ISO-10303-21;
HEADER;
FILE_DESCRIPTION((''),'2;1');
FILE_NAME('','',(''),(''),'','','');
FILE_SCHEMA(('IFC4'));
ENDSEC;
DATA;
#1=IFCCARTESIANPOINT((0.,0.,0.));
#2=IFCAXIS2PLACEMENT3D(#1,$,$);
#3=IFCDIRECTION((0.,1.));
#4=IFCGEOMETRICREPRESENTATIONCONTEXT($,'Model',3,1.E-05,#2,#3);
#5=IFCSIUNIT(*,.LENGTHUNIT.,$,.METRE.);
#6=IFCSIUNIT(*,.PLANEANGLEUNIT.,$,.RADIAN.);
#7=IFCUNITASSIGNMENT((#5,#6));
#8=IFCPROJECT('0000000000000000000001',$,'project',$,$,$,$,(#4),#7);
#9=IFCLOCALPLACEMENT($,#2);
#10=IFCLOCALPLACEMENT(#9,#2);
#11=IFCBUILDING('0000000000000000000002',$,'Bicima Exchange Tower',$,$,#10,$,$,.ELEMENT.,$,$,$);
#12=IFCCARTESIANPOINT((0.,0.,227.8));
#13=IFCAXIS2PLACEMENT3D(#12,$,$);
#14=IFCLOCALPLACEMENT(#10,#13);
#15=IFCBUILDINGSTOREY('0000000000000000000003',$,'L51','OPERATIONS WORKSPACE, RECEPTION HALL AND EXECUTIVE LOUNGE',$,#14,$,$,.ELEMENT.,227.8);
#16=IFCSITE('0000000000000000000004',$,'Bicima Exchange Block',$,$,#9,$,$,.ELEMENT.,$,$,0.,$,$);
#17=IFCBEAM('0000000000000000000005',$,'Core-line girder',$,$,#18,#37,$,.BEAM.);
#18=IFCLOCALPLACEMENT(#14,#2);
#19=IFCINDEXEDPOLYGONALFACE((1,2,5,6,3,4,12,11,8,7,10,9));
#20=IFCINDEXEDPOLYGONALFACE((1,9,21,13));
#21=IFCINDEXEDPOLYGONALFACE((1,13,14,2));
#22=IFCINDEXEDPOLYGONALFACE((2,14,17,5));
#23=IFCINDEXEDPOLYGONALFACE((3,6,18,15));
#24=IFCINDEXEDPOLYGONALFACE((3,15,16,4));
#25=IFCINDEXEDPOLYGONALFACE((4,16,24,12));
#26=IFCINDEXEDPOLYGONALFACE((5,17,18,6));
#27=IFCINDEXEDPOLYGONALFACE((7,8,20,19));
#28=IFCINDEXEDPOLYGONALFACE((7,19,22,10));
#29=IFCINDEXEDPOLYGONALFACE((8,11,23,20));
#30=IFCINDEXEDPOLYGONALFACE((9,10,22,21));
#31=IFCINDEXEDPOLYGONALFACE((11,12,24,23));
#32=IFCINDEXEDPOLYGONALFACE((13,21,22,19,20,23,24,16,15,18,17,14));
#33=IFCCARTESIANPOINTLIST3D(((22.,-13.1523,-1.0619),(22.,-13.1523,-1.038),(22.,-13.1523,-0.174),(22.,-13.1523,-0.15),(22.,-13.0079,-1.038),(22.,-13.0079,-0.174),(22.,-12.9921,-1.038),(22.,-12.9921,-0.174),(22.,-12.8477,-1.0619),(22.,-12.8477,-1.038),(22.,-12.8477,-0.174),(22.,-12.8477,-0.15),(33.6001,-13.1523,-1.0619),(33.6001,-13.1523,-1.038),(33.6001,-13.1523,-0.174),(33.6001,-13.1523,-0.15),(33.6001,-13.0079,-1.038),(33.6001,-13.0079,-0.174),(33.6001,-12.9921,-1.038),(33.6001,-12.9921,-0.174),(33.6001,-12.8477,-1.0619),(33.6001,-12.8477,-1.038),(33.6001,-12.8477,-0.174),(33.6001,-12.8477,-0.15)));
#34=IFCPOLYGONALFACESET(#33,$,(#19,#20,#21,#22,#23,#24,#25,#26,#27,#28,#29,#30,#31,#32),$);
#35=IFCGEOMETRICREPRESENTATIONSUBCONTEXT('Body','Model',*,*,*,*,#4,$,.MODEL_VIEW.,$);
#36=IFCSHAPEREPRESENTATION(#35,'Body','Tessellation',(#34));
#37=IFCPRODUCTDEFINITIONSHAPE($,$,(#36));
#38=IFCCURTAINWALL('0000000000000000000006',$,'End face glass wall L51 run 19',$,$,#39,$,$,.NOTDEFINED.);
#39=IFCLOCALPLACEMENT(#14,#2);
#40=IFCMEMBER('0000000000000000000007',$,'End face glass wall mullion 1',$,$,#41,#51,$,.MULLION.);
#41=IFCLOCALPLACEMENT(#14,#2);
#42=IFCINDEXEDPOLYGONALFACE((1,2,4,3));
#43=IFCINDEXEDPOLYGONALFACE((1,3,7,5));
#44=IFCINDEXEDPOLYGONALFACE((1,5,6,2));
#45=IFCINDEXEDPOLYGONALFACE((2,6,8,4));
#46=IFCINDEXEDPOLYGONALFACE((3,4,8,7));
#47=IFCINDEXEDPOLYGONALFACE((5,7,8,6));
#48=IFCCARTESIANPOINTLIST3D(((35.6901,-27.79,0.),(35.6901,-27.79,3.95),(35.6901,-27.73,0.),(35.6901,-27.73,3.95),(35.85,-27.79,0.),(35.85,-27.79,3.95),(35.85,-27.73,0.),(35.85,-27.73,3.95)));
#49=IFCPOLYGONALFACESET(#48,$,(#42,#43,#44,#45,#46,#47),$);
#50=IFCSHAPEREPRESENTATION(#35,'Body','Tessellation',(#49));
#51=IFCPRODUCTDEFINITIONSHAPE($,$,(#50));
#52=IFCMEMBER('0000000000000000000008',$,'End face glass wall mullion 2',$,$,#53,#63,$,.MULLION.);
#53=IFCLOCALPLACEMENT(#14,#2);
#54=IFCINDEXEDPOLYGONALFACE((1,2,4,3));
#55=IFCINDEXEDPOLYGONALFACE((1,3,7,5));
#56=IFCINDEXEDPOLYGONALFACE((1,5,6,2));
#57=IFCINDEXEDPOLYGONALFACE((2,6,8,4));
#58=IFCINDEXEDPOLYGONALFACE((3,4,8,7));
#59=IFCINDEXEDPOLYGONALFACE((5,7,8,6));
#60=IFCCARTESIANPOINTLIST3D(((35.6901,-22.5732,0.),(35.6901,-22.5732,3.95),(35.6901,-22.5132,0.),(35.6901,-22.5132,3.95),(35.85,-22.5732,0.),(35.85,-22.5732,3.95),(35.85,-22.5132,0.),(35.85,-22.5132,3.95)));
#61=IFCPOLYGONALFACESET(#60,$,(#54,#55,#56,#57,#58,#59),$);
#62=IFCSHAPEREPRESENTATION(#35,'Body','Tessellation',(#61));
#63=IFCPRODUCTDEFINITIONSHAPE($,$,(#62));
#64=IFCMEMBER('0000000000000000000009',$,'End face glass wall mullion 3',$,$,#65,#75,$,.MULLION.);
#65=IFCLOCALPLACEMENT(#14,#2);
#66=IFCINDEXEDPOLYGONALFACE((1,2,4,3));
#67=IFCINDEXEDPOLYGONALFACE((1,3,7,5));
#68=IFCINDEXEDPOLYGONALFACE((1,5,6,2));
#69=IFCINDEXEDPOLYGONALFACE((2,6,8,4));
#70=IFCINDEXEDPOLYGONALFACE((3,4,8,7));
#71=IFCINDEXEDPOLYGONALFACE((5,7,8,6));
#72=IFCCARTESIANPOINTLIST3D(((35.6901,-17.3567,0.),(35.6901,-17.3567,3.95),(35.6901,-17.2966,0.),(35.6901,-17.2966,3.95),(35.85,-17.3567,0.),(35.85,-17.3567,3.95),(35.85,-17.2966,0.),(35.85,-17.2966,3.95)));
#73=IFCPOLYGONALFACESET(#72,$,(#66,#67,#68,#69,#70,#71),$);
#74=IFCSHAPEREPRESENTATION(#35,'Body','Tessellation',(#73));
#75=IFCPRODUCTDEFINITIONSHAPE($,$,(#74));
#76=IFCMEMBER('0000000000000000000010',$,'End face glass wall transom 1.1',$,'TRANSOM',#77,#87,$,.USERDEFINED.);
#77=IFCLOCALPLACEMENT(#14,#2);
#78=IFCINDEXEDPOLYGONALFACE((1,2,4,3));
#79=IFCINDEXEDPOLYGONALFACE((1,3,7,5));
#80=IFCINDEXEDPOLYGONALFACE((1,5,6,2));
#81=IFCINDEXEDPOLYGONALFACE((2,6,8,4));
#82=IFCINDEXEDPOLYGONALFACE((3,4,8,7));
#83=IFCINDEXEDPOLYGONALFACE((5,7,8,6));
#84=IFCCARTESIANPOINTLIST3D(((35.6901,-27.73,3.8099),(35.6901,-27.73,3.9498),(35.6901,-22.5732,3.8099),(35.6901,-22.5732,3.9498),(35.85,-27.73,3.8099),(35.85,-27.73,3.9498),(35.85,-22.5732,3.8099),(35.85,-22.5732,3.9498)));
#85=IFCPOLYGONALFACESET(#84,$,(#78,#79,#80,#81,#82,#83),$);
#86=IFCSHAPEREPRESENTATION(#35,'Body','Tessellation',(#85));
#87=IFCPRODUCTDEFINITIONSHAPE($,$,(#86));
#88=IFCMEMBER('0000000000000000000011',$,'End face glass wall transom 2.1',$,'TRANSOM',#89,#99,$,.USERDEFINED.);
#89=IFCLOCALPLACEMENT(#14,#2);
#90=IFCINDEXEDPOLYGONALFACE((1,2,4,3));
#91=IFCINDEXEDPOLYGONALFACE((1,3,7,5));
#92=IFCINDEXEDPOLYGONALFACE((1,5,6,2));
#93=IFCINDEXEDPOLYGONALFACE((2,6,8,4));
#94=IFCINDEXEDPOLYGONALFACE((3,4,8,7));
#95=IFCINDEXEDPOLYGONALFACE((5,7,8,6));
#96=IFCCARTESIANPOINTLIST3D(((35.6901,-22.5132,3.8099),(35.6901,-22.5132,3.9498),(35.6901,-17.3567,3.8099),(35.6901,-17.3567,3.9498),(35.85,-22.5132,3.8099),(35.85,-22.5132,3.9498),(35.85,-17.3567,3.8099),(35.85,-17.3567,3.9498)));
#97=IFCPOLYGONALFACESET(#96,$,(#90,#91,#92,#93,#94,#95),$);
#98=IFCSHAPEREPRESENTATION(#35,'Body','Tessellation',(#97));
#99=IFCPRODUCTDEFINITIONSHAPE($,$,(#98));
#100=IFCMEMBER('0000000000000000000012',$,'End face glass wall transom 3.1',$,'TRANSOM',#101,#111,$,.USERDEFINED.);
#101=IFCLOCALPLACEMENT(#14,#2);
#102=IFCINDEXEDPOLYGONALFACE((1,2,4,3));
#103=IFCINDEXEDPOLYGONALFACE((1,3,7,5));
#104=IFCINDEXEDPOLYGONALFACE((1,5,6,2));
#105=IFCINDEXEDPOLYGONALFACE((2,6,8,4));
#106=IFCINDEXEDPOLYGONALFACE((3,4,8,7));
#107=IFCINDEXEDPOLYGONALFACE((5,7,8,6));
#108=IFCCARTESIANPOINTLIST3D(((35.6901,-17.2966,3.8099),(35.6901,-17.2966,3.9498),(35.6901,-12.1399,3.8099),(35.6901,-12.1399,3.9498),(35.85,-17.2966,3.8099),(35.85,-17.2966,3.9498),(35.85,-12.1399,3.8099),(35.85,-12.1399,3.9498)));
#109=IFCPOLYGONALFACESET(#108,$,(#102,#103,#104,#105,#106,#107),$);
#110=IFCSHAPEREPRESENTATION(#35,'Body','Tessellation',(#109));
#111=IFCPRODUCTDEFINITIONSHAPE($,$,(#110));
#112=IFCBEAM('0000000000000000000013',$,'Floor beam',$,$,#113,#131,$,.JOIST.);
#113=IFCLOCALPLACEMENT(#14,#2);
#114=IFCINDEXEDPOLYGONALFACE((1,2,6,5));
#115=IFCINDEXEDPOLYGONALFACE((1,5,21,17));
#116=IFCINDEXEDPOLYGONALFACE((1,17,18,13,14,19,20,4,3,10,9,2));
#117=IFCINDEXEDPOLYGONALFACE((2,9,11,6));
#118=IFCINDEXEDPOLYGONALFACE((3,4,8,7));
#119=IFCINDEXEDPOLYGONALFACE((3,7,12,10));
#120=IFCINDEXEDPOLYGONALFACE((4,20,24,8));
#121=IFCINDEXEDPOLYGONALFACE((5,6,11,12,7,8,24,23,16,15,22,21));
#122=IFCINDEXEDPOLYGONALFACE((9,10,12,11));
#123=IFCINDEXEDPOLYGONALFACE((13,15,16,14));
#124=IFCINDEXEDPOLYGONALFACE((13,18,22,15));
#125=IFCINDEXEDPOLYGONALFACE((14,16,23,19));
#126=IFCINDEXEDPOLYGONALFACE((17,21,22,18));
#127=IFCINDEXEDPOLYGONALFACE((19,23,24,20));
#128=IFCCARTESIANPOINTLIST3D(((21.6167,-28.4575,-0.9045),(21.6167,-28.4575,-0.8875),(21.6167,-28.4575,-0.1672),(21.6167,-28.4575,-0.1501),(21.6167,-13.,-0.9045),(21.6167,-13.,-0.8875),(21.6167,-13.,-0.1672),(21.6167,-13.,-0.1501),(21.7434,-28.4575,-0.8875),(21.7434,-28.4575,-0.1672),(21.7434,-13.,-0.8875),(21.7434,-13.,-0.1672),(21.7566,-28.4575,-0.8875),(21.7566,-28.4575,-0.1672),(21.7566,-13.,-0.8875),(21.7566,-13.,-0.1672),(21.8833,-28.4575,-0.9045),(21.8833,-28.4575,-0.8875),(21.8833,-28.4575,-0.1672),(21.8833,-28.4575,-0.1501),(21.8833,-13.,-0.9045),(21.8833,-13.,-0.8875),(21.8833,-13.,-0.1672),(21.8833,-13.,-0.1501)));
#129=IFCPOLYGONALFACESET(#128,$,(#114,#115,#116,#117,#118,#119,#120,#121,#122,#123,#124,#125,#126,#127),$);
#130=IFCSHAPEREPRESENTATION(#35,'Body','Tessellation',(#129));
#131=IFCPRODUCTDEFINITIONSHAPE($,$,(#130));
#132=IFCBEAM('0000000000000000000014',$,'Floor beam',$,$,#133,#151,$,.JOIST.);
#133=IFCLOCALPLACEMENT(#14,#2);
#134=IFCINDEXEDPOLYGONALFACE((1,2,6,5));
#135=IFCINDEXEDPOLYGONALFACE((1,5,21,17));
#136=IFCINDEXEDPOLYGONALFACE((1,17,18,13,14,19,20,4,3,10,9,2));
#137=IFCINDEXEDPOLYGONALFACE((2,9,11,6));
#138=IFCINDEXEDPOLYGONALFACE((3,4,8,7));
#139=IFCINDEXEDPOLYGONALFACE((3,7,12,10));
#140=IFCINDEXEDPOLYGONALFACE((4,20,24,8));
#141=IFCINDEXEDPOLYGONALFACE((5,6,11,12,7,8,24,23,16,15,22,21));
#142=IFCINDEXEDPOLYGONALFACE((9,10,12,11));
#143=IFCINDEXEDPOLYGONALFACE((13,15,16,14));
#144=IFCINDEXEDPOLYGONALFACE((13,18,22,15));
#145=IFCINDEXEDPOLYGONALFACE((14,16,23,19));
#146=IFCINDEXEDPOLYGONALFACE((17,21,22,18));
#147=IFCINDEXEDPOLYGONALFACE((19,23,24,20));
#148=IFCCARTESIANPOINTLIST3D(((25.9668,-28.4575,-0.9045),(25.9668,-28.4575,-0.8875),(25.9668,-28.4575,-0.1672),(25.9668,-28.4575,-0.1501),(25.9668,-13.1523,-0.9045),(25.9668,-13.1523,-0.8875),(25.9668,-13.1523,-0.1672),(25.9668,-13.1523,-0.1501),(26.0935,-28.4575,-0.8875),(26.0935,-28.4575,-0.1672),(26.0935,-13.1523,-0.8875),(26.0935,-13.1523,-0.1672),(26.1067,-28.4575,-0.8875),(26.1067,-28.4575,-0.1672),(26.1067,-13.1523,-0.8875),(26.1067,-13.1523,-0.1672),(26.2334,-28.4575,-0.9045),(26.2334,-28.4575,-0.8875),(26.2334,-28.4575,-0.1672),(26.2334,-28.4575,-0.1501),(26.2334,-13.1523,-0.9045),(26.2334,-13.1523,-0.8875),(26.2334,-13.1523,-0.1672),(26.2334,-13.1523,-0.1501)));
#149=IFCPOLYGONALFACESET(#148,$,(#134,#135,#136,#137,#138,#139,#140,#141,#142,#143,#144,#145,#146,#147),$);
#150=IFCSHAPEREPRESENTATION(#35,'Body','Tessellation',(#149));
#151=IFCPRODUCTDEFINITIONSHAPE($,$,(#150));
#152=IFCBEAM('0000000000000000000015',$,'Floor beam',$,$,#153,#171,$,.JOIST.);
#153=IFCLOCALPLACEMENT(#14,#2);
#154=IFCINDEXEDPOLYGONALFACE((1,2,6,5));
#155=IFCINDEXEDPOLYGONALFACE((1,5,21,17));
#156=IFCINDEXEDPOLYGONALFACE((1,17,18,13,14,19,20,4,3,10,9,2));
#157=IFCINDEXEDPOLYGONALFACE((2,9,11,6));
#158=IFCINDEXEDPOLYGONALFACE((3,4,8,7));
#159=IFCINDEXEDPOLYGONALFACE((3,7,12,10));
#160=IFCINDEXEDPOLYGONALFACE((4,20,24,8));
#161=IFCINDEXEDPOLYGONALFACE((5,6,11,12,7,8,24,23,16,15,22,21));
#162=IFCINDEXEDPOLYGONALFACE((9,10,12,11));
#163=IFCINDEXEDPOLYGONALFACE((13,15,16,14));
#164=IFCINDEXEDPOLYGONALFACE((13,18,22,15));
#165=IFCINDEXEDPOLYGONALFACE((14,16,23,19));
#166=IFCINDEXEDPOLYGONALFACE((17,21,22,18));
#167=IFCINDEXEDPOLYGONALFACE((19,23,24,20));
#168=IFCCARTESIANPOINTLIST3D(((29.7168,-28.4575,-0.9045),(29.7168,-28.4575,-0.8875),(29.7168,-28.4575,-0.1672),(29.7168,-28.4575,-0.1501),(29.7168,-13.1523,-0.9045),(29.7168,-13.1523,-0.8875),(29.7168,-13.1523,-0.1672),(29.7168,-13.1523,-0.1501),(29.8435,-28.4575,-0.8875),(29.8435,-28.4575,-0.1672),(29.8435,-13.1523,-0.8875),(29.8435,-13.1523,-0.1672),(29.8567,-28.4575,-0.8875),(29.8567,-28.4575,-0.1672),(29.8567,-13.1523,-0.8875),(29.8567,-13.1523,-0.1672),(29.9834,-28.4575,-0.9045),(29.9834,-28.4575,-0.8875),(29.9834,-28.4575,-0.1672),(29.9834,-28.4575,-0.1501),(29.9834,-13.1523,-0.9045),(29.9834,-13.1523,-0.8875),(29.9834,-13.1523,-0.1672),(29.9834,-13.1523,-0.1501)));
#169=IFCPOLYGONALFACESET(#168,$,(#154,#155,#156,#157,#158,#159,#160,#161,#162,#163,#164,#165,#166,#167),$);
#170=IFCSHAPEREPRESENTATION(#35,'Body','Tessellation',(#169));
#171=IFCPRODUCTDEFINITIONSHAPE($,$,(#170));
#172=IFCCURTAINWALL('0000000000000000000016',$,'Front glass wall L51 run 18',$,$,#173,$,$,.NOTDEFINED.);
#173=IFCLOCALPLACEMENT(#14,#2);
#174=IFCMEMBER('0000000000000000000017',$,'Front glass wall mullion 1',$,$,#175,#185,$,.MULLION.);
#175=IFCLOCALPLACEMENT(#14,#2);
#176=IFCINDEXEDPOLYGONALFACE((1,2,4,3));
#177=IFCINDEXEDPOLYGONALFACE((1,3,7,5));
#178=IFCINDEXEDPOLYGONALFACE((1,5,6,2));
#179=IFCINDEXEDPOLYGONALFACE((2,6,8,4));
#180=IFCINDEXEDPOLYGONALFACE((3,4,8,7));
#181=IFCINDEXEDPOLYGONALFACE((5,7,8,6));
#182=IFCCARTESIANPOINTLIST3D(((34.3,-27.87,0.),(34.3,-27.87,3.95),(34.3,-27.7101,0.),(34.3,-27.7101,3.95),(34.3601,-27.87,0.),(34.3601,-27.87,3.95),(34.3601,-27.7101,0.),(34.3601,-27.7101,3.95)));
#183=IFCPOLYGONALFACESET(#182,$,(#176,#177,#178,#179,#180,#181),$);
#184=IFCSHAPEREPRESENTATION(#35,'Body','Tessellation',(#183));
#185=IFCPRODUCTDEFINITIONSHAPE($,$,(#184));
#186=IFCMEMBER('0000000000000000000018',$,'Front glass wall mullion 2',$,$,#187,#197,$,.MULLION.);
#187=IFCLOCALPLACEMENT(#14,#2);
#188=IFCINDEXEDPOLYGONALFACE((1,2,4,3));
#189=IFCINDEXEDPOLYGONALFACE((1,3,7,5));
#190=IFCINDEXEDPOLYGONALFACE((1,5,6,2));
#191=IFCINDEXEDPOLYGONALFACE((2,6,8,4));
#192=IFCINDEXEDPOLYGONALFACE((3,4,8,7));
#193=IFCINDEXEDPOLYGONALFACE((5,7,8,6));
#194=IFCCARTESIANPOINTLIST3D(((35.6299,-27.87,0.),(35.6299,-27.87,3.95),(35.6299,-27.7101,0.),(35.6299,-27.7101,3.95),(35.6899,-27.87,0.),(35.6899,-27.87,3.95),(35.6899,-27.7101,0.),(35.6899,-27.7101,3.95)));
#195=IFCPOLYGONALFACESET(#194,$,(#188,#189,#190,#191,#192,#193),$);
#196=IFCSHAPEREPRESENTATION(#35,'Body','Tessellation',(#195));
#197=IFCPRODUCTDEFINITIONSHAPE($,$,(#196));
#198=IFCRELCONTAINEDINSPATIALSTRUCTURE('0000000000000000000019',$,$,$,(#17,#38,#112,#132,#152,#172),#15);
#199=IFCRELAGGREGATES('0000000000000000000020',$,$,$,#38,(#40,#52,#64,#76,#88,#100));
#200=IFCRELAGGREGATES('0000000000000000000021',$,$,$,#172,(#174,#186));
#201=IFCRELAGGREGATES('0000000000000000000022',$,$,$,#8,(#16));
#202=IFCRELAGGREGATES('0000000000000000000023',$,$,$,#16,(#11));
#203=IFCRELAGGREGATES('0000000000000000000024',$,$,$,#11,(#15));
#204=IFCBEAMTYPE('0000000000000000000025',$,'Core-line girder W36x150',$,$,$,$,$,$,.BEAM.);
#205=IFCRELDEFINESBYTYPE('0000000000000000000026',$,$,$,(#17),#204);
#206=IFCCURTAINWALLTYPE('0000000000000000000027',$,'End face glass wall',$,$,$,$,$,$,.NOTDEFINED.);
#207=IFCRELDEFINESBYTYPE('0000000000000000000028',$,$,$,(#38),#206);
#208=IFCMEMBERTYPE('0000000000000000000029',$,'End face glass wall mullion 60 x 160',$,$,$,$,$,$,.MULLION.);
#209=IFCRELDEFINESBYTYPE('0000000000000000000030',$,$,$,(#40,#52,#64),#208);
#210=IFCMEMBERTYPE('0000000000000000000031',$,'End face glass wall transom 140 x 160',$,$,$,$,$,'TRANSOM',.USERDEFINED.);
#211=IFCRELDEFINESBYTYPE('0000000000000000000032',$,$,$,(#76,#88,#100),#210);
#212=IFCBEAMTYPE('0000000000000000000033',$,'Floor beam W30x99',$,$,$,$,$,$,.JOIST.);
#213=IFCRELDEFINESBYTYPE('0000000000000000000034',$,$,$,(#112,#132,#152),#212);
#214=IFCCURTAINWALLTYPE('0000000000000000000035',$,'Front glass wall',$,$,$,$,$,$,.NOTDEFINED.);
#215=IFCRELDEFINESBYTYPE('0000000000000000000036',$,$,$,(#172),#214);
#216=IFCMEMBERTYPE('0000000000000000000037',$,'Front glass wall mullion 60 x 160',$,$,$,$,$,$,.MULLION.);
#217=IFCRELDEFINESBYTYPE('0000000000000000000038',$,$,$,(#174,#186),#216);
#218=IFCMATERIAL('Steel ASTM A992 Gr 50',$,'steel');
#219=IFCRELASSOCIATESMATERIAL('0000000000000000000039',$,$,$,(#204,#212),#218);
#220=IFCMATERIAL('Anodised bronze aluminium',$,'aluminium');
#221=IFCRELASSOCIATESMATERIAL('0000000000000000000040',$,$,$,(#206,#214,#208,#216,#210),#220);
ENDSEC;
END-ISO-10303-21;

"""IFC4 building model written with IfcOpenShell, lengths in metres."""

from ifc_helpers import new_model, si_unit, direction, frame, origin, origin_2d, place, context, subcontext, project, spatial, rectangle, i_section, extrude, material, material_profile, profile_set, type_object, element, aggregate, save


model = new_model("IFC4")

# Units and contexts
model_context = context("Model", 3, precision=1e-05, world=origin(), true_north=direction((0.0, 1.0)))
body_context = subcontext(model_context, "Body", "Model", "MODEL_VIEW")
ifc_project = project(units=[si_unit("LENGTHUNIT", "METRE"), si_unit("PLANEANGLEUNIT", "RADIAN")], contexts=[model_context])

# Site, building, storey
site_placement = place(None, origin())
site = spatial("IfcSite", under=ifc_project, at=site_placement, Name="Bicima Exchange Block", CompositionType="ELEMENT", RefElevation=0.0)
building_placement = place(site_placement, origin())
building = spatial("IfcBuilding", under=site, at=building_placement, Name="Bicima Exchange Tower", CompositionType="ELEMENT")
storey_placement = place(building_placement, frame((0.0, 0.0, 227.8)))
storey = spatial("IfcBuildingStorey", under=building, at=storey_placement, Name="L51", Description="OPERATIONS WORKSPACE, RECEPTION HALL AND EXECUTIVE LOUNGE", CompositionType="ELEMENT", Elevation=227.8)

# Beam
ifc_material_1 = material(Name="Steel ASTM A992 Gr 50", Category="steel")
ifc_material_profile_1 = material_profile(ifc_material_1, i_section(OverallWidth=0.3047, OverallDepth=0.9119, WebThickness=0.0159, FlangeThickness=0.0239, at=origin_2d()))
ifc_profile_set_1 = profile_set([ifc_material_profile_1], Name="Steel ASTM A992 Gr 50")
beam_type_1 = type_object("IfcBeamType", Name="Core-line girder W36x150", PredefinedType="BEAM", material=ifc_profile_set_1)
beam_1_placement = place(storey_placement, frame((22.0, -13.0, -0.606), z_axis=(1.0, 0.0, 0.0), x_axis=(0.0, 1.0, 0.0)))
element("IfcBeam", 1, at=beam_1_placement, inside=storey, type_object=beam_type_1, Name="Core-line girder", PredefinedType="BEAM", context=body_context, shape_type="SweptSolid", body=[
    extrude(i_section(OverallWidth=0.3047, OverallDepth=0.9119, WebThickness=0.0159, FlangeThickness=0.0239, at=origin_2d()), origin(), (0.0, 0.0, 1.0), 11.6001),
])

# Curtain wall, members
ifc_material_2 = material(Name="Anodised bronze aluminium", Category="aluminium")
curtain_wall_type_1 = type_object("IfcCurtainWallType", Name="End face glass wall", PredefinedType="NOTDEFINED", material=ifc_material_2)
curtain_wall_1_placement = place(storey_placement, origin())
curtain_wall_1 = element("IfcCurtainWall", 2, at=curtain_wall_1_placement, inside=storey, type_object=curtain_wall_type_1, Name="End face glass wall L51 run 19", PredefinedType="NOTDEFINED")
ifc_material_profile_2 = material_profile(ifc_material_2, rectangle(XDim=0.1599, YDim=0.0601, at=origin_2d()))
ifc_profile_set_2 = profile_set([ifc_material_profile_2], Name="Anodised bronze aluminium")
member_type_1 = type_object("IfcMemberType", Name="End face glass wall mullion 60 x 160", PredefinedType="MULLION", material=ifc_profile_set_2)
member_1_placement = place(storey_placement, frame((35.77, -27.76, 0.0), z_axis=(0.0, 0.0, 1.0), x_axis=(-1.0, 0.0, 0.0)))
member_1 = element("IfcMember", 3, at=member_1_placement, type_object=member_type_1, Name="End face glass wall mullion 1", PredefinedType="MULLION", context=body_context, shape_type="SweptSolid", body=[
    extrude(rectangle(XDim=0.1599, YDim=0.0601, at=origin_2d()), origin(), (0.0, 0.0, 1.0), 3.95),
])
member_2_placement = place(storey_placement, frame((35.77, -22.5432, 0.0), z_axis=(0.0, 0.0, 1.0), x_axis=(-1.0, 0.0, 0.0)))
member_2 = element("IfcMember", 4, at=member_2_placement, type_object=member_type_1, Name="End face glass wall mullion 2", PredefinedType="MULLION", context=body_context, shape_type="SweptSolid", body=[
    extrude(rectangle(XDim=0.1599, YDim=0.0601, at=origin_2d()), origin(), (0.0, 0.0, 1.0), 3.95),
])
member_3_placement = place(storey_placement, frame((35.77, -17.3267, 0.0), z_axis=(0.0, 0.0, 1.0), x_axis=(-1.0, 0.0, 0.0)))
member_3 = element("IfcMember", 5, at=member_3_placement, type_object=member_type_1, Name="End face glass wall mullion 3", PredefinedType="MULLION", context=body_context, shape_type="SweptSolid", body=[
    extrude(rectangle(XDim=0.1599, YDim=0.0601, at=origin_2d()), origin(), (0.0, 0.0, 1.0), 3.95),
])
ifc_material_profile_3 = material_profile(ifc_material_2, rectangle(XDim=0.1599, YDim=0.1399, at=origin_2d()))
ifc_profile_set_3 = profile_set([ifc_material_profile_3], Name="Anodised bronze aluminium")
member_type_2 = type_object("IfcMemberType", Name="End face glass wall transom 140 x 160", ElementType="TRANSOM", PredefinedType="USERDEFINED", material=ifc_profile_set_3)
member_4_placement = place(storey_placement, frame((35.77, -27.73, 3.8799), z_axis=(0.0, 1.0, 0.0), x_axis=(-1.0, 0.0, 0.0)))
member_4 = element("IfcMember", 6, at=member_4_placement, type_object=member_type_2, Name="End face glass wall transom 1.1", ObjectType="TRANSOM", PredefinedType="USERDEFINED", context=body_context, shape_type="SweptSolid", body=[
    extrude(rectangle(XDim=0.1599, YDim=0.1399, at=origin_2d()), origin(), (0.0, 0.0, 1.0), 5.1567),
])
member_5_placement = place(storey_placement, frame((35.77, -22.5132, 3.8799), z_axis=(0.0, 1.0, 0.0), x_axis=(-1.0, 0.0, 0.0)))
member_5 = element("IfcMember", 7, at=member_5_placement, type_object=member_type_2, Name="End face glass wall transom 2.1", ObjectType="TRANSOM", PredefinedType="USERDEFINED", context=body_context, shape_type="SweptSolid", body=[
    extrude(rectangle(XDim=0.1599, YDim=0.1399, at=origin_2d()), origin(), (0.0, 0.0, 1.0), 5.1565),
])
member_6_placement = place(storey_placement, frame((35.77, -17.2966, 3.8799), z_axis=(0.0, 1.0, 0.0), x_axis=(-1.0, 0.0, 0.0)))
member_6 = element("IfcMember", 8, at=member_6_placement, type_object=member_type_2, Name="End face glass wall transom 3.1", ObjectType="TRANSOM", PredefinedType="USERDEFINED", context=body_context, shape_type="SweptSolid", body=[
    extrude(rectangle(XDim=0.1599, YDim=0.1399, at=origin_2d()), origin(), (0.0, 0.0, 1.0), 5.1567),
])

# Beams
ifc_material_profile_4 = material_profile(ifc_material_1, i_section(OverallWidth=0.2666, OverallDepth=0.7544, WebThickness=0.0132, FlangeThickness=0.0171, at=origin_2d()))
ifc_profile_set_4 = profile_set([ifc_material_profile_4], Name="Steel ASTM A992 Gr 50")
beam_type_2 = type_object("IfcBeamType", Name="Floor beam W30x99", PredefinedType="JOIST", material=ifc_profile_set_4)
beam_2_placement = place(storey_placement, frame((21.75, -13.0, -0.5273), z_axis=(0.0, -1.0, 0.0), x_axis=(1.0, 0.0, 0.0)))
element("IfcBeam", 9, at=beam_2_placement, inside=storey, type_object=beam_type_2, Name="Floor beam", PredefinedType="JOIST", context=body_context, shape_type="SweptSolid", body=[
    extrude(i_section(OverallWidth=0.2666, OverallDepth=0.7544, WebThickness=0.0132, FlangeThickness=0.0171, at=origin_2d()), origin(), (0.0, 0.0, 1.0), 15.4575),
])
for number, where, z_axis, x_axis, name in (
    (10, (26.1001, -13.1523, -0.5273), (0.0, -1.0, 0.0), (1.0, 0.0, 0.0), "Floor beam"),
    (11, (29.8501, -13.1523, -0.5273), (0.0, -1.0, 0.0), (1.0, 0.0, 0.0), "Floor beam"),
):
    element("IfcBeam", number, at=place(storey_placement, frame(where, z_axis=z_axis, x_axis=x_axis)), inside=storey, type_object=beam_type_2, Name=name, PredefinedType="JOIST", context=body_context, shape_type="SweptSolid", body=[
        extrude(i_section(OverallWidth=0.2666, OverallDepth=0.7544, WebThickness=0.0132, FlangeThickness=0.0171, at=origin_2d()), origin(), (0.0, 0.0, 1.0), 15.3052),
    ])

# Curtain wall, members
curtain_wall_type_2 = type_object("IfcCurtainWallType", Name="Front glass wall", PredefinedType="NOTDEFINED", material=ifc_material_2)
curtain_wall_2_placement = place(storey_placement, origin())
curtain_wall_2 = element("IfcCurtainWall", 12, at=curtain_wall_2_placement, inside=storey, type_object=curtain_wall_type_2, Name="Front glass wall L51 run 18", PredefinedType="NOTDEFINED")
member_type_3 = type_object("IfcMemberType", Name="Front glass wall mullion 60 x 160", PredefinedType="MULLION", material=ifc_profile_set_2)
member_7_placement = place(storey_placement, frame((34.3301, -27.79, 0.0), z_axis=(0.0, 0.0, 1.0), x_axis=(0.0, 1.0, 0.0)))
member_7 = element("IfcMember", 13, at=member_7_placement, type_object=member_type_3, Name="Front glass wall mullion 1", PredefinedType="MULLION", context=body_context, shape_type="SweptSolid", body=[
    extrude(rectangle(XDim=0.1599, YDim=0.0601, at=origin_2d()), origin(), (0.0, 0.0, 1.0), 3.95),
])
member_8_placement = place(storey_placement, frame((35.6599, -27.79, 0.0), z_axis=(0.0, 0.0, 1.0), x_axis=(0.0, 1.0, 0.0)))
member_8 = element("IfcMember", 14, at=member_8_placement, type_object=member_type_3, Name="Front glass wall mullion 2", PredefinedType="MULLION", context=body_context, shape_type="SweptSolid", body=[
    extrude(rectangle(XDim=0.1599, YDim=0.0601, at=origin_2d()), origin(), (0.0, 0.0, 1.0), 3.95),
])

aggregate(curtain_wall_1, [member_1, member_2, member_3, member_4, member_5, member_6])
aggregate(curtain_wall_2, [member_7, member_8])

save(model, "model.ifc")
